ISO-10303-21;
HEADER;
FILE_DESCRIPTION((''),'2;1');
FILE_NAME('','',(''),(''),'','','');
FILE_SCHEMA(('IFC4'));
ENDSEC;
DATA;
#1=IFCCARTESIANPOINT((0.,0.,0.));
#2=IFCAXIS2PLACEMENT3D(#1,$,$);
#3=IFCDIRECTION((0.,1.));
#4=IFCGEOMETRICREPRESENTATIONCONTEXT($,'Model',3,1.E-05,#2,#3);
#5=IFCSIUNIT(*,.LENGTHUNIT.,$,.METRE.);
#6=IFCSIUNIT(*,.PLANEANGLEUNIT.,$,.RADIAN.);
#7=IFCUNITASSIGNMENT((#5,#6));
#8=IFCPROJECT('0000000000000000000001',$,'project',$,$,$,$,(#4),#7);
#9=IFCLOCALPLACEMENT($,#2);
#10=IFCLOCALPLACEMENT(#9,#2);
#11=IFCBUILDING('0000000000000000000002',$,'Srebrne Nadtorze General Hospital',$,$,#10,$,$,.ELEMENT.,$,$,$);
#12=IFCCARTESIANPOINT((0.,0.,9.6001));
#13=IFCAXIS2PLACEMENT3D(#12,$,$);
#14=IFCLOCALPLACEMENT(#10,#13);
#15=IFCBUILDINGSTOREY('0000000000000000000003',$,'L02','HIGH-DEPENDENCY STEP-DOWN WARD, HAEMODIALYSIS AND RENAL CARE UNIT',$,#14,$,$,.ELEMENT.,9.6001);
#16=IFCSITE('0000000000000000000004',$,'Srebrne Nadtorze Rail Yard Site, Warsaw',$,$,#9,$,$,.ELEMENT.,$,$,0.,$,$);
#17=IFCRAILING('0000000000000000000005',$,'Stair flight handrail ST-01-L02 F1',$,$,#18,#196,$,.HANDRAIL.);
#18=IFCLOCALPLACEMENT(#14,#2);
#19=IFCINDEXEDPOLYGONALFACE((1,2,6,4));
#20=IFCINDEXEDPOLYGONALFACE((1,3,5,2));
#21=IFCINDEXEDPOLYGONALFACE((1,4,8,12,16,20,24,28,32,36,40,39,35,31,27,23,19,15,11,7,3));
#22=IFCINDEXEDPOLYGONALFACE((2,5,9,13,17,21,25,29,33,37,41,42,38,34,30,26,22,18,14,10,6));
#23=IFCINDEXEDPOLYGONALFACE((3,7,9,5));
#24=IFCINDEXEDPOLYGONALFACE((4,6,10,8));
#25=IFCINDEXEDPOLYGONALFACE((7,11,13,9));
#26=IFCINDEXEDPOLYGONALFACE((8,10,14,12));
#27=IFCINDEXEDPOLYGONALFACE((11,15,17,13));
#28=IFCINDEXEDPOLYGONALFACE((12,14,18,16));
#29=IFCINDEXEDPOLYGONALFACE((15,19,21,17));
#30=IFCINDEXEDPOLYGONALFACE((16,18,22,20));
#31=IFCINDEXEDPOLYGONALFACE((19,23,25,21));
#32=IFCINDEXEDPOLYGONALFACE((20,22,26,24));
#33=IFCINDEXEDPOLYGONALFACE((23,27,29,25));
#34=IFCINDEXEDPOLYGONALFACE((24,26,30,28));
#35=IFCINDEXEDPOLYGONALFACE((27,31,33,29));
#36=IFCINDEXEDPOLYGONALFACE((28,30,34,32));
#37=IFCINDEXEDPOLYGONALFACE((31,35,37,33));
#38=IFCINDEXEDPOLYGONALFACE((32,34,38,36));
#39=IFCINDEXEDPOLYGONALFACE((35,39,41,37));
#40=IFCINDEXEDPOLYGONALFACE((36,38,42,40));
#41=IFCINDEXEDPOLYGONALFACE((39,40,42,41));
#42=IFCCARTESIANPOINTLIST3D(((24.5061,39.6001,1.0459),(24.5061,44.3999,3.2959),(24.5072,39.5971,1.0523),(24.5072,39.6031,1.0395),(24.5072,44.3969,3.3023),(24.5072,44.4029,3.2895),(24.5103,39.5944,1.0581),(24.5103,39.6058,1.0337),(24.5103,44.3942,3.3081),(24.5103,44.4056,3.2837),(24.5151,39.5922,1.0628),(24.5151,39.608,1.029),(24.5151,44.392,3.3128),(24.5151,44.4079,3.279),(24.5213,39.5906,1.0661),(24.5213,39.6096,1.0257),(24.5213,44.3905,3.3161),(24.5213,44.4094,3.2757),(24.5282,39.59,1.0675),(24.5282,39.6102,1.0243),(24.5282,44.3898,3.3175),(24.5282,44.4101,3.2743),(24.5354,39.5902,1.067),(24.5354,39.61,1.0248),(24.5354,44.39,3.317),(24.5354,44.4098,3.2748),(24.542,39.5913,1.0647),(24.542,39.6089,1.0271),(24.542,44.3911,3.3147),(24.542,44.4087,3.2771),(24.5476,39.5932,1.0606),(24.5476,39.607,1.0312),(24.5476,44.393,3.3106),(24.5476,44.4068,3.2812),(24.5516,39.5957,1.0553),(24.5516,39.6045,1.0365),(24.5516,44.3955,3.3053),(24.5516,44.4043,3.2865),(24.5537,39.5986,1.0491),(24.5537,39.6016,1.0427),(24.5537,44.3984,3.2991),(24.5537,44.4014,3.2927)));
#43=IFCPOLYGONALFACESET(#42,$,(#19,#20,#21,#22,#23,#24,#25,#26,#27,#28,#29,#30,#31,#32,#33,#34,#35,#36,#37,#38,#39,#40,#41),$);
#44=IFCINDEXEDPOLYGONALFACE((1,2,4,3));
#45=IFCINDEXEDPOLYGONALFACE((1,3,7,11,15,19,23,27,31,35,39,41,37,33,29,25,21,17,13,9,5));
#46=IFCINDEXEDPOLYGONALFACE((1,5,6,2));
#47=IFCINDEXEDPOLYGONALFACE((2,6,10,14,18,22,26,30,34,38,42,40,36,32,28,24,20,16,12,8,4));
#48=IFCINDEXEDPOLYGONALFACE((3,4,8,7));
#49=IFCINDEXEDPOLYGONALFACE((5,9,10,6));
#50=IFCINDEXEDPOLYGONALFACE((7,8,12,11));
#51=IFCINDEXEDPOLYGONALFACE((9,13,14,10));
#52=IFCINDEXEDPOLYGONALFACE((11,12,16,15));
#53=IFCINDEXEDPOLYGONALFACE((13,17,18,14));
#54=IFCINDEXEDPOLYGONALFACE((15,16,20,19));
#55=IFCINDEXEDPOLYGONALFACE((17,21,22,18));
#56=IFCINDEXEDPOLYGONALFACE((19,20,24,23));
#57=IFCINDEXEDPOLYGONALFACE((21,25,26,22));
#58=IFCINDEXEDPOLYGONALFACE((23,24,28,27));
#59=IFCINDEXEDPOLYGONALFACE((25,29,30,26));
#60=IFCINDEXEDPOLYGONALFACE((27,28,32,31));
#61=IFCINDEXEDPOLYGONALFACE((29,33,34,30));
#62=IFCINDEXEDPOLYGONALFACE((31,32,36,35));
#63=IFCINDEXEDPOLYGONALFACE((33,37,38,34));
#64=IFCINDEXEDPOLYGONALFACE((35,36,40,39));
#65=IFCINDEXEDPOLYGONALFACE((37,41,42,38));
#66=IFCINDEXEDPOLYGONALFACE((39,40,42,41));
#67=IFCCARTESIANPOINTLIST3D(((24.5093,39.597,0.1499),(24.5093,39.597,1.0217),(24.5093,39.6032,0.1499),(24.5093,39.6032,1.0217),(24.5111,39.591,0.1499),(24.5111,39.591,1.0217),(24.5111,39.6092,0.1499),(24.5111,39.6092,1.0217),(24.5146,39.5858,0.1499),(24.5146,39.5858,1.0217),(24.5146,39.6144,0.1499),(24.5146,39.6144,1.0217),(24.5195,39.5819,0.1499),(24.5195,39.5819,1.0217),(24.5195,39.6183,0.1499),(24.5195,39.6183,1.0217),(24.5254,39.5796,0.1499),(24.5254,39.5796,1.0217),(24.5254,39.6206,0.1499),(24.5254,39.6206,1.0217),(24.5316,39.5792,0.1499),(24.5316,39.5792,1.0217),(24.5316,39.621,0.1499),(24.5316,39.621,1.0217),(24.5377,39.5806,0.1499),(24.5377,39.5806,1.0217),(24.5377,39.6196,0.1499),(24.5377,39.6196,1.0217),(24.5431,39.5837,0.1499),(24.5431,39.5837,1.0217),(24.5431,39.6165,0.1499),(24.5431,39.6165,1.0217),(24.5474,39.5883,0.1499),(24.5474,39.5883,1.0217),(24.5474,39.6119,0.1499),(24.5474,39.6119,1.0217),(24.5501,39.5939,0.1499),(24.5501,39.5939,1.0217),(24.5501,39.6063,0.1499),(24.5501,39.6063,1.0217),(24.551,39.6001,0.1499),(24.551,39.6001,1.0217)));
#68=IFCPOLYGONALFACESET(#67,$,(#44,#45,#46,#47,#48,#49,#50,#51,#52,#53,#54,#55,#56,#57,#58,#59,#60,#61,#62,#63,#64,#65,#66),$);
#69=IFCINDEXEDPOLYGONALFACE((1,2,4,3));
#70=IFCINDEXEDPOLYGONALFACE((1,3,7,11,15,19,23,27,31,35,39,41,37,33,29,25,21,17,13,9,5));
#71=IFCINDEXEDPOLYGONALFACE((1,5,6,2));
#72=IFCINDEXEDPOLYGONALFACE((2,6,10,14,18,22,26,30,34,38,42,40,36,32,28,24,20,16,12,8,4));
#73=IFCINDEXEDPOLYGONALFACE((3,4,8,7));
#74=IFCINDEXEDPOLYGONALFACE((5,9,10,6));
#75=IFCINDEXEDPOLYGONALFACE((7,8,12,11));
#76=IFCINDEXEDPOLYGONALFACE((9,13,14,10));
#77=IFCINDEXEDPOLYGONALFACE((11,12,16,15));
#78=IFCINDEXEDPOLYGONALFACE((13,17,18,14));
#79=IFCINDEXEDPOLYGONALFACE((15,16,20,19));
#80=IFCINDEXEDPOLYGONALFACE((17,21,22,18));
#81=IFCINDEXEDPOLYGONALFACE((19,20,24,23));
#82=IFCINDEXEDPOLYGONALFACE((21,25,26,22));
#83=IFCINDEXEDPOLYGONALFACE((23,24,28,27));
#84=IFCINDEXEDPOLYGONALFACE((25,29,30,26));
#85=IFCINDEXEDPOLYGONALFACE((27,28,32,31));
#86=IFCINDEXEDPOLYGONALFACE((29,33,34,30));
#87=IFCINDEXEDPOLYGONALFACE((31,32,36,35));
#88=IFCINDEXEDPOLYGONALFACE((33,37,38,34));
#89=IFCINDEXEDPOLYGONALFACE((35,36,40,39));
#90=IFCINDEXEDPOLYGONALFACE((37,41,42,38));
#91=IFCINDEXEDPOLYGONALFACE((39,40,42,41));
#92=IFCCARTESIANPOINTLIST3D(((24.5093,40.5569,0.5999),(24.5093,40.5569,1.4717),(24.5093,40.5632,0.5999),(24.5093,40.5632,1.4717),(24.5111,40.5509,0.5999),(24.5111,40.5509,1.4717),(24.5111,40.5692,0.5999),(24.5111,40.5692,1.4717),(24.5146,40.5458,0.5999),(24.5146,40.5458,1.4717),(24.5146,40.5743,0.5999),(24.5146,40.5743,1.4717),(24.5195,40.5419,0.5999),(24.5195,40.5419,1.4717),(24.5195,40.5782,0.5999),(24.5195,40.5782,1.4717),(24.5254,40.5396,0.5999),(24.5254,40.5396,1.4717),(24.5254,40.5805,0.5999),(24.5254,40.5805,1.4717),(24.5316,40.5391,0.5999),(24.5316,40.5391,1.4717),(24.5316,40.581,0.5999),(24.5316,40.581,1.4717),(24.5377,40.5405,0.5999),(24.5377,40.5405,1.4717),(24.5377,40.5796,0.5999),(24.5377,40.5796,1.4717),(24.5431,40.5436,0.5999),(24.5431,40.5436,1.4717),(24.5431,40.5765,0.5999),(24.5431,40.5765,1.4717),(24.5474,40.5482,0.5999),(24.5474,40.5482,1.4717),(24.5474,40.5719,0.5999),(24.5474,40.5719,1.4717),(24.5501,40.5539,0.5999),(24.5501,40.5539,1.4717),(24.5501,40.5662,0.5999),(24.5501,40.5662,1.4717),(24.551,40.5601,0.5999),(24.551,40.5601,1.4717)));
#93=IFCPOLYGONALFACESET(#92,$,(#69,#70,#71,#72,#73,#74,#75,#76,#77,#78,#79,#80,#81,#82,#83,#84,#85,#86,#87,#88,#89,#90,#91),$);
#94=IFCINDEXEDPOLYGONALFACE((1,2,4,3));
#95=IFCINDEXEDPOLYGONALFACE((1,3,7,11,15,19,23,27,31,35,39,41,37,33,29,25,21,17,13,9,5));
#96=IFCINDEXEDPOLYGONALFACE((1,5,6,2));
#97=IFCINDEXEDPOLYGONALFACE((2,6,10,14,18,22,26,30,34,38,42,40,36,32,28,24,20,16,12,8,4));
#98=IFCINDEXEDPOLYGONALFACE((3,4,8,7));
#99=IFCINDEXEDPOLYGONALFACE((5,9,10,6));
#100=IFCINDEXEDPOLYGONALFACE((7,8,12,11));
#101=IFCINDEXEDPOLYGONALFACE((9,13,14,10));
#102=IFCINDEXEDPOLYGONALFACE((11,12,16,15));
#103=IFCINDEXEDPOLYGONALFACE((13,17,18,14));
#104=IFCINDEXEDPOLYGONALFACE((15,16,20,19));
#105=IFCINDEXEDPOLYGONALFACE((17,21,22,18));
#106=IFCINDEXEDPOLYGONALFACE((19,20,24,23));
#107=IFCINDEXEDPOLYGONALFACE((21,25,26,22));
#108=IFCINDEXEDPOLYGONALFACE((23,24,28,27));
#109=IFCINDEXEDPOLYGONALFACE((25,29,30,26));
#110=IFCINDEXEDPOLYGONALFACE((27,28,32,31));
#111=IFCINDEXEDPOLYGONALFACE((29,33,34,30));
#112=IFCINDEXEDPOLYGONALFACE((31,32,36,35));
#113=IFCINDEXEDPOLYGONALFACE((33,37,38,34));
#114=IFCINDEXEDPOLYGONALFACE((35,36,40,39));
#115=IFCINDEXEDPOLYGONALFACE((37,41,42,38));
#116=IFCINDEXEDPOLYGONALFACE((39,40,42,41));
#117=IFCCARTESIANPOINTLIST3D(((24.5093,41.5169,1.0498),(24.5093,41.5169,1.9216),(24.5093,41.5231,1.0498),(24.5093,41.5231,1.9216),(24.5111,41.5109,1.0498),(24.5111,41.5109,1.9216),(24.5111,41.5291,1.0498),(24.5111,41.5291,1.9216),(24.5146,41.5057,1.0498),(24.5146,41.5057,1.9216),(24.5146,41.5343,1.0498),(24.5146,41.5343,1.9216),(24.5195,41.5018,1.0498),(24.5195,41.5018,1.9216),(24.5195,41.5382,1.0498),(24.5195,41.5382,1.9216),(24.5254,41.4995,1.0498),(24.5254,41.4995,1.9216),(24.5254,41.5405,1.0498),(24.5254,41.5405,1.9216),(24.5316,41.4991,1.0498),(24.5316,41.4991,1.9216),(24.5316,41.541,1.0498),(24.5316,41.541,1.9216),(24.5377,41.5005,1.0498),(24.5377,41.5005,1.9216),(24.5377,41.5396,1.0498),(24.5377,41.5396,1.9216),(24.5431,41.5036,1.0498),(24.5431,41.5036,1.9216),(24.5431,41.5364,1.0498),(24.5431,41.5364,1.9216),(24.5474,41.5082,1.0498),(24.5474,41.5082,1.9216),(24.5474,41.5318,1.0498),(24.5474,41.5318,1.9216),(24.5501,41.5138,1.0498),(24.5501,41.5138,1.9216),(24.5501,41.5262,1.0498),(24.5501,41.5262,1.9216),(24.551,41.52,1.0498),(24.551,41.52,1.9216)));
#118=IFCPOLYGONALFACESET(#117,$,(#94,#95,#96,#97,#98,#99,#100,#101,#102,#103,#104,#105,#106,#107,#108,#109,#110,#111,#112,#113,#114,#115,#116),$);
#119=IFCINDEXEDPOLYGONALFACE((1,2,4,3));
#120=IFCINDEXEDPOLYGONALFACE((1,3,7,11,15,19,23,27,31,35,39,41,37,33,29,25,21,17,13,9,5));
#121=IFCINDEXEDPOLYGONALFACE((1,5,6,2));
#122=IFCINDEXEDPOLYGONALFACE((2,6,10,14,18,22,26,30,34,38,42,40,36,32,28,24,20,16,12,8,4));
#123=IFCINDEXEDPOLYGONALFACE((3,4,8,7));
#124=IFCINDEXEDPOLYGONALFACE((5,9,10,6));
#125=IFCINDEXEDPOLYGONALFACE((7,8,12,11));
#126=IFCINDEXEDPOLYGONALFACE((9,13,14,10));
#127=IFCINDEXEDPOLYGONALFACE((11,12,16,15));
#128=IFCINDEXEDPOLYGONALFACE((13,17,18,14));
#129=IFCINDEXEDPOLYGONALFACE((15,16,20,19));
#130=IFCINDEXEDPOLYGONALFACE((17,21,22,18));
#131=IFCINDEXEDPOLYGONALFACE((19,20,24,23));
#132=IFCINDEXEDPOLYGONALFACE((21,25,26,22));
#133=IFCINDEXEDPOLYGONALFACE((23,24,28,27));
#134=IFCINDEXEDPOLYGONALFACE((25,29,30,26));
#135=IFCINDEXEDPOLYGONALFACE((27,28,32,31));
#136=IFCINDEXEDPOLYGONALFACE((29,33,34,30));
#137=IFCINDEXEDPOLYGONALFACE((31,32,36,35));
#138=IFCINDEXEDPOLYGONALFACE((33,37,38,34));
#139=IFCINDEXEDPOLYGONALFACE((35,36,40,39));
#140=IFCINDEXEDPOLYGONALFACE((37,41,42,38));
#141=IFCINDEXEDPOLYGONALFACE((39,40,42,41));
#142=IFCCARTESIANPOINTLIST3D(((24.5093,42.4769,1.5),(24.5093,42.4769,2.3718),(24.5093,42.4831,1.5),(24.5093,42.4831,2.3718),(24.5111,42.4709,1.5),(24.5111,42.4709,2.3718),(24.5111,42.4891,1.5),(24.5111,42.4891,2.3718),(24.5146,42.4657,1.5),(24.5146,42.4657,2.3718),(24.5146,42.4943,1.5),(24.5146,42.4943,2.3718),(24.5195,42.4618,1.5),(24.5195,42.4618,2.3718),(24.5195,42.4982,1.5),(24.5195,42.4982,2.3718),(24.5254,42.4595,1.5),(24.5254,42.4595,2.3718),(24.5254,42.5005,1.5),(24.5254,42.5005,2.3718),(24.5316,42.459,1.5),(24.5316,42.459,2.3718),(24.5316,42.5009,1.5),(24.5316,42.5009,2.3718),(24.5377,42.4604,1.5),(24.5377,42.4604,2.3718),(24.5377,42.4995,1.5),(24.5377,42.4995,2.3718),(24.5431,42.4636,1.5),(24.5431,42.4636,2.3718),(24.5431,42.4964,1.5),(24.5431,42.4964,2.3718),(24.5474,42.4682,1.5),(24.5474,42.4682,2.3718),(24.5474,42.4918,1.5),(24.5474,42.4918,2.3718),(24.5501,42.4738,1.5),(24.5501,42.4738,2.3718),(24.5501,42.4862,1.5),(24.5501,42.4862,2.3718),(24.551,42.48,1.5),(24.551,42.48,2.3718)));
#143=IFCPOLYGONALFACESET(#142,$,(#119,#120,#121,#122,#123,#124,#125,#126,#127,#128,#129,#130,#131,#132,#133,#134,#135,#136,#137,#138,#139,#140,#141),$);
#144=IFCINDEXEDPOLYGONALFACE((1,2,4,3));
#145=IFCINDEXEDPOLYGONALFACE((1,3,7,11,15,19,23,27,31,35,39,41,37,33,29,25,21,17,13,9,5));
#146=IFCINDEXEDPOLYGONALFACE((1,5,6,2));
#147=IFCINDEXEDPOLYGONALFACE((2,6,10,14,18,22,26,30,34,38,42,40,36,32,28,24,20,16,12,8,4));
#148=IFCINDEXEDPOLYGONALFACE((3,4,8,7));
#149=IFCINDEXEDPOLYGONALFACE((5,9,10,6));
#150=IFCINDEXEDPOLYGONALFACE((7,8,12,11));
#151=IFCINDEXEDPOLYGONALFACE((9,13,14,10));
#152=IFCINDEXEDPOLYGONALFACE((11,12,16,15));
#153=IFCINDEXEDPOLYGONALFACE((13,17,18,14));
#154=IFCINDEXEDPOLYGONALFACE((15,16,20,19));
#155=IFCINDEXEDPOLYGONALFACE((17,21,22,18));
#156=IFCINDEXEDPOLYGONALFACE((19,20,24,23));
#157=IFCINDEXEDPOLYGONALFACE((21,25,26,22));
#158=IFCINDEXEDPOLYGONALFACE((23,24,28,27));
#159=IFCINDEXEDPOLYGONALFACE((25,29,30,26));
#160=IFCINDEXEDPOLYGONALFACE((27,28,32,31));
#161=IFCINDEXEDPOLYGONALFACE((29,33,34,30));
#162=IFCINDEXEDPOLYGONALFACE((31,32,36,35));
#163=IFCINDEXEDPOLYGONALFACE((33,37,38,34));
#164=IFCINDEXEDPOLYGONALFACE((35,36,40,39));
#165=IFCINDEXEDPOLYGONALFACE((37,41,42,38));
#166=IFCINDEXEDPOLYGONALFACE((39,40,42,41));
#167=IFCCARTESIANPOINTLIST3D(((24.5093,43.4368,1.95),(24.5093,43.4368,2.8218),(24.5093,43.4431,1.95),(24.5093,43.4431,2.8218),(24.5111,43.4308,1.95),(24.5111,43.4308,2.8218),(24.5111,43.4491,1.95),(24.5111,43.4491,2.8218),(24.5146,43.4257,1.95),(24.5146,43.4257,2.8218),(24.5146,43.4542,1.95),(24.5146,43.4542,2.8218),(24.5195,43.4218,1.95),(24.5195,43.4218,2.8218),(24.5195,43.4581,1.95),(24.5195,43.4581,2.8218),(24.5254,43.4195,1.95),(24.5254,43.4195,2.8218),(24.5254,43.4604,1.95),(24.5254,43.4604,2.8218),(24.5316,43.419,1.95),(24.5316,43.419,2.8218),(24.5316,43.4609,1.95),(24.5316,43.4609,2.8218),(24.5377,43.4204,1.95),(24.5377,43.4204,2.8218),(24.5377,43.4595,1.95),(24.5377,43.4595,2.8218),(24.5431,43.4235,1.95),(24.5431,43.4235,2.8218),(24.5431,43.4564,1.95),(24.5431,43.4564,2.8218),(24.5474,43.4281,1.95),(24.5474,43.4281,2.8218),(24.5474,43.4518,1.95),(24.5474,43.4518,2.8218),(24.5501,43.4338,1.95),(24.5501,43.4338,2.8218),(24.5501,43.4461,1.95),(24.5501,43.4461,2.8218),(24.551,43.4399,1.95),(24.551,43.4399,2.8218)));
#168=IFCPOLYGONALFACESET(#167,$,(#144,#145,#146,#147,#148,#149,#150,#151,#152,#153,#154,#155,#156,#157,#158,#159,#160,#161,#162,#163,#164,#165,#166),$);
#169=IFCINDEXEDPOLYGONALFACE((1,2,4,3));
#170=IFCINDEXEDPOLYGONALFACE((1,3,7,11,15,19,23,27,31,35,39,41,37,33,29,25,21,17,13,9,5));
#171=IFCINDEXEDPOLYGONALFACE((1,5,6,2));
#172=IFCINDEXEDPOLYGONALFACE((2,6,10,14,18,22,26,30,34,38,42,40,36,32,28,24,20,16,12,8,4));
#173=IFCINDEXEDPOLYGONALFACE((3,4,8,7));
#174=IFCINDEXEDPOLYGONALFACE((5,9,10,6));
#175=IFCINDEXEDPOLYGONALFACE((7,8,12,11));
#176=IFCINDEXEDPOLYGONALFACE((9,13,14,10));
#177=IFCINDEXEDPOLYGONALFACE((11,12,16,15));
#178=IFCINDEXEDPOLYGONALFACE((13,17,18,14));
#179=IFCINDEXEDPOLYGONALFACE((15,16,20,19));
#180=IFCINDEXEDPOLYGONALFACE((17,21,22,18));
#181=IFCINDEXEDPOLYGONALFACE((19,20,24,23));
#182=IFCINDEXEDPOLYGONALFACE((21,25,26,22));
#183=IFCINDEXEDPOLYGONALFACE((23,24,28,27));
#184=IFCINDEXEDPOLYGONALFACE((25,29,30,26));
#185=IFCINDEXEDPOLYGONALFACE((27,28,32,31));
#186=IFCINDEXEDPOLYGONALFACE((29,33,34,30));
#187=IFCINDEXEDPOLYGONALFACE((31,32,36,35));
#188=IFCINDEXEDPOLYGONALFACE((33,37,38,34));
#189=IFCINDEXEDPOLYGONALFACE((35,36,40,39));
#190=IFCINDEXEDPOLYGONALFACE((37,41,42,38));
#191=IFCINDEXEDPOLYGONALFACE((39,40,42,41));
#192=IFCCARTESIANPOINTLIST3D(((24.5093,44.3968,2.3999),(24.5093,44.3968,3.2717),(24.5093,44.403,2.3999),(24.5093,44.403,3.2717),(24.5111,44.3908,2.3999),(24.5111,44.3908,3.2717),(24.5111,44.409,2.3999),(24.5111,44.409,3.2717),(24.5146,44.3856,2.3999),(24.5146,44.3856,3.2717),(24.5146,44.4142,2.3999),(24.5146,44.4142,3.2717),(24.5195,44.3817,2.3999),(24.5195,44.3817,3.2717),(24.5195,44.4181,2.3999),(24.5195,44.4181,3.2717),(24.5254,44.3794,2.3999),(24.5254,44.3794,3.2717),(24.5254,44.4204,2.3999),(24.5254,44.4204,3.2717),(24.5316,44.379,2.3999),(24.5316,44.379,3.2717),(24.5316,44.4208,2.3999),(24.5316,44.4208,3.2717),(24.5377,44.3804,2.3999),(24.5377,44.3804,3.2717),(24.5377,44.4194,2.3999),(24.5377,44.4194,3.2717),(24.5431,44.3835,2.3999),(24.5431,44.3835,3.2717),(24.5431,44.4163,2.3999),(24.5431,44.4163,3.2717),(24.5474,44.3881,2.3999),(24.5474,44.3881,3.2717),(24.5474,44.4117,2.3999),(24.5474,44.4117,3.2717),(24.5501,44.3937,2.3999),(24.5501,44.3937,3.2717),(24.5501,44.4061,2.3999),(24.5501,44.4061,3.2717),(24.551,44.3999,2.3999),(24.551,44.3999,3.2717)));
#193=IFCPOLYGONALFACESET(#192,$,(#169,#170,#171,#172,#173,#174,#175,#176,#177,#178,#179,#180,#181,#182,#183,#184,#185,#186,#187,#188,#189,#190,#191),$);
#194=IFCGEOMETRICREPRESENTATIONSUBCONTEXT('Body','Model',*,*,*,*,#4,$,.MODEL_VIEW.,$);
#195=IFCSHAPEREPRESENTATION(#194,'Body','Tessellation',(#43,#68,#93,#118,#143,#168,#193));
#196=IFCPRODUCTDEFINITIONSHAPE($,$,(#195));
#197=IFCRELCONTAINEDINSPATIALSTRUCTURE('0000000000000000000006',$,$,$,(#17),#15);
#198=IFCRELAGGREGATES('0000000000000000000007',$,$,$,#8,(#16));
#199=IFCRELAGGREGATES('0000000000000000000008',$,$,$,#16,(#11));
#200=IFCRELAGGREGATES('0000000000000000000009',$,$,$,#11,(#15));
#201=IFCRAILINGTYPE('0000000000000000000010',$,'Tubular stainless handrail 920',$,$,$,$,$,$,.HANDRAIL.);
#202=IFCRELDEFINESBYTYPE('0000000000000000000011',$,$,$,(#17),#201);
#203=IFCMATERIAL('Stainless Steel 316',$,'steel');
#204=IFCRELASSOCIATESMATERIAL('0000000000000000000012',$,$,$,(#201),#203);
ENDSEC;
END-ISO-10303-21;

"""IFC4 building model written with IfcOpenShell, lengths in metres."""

from ifc_helpers import new_model, si_unit, direction, frame, origin, origin_2d, place, context, subcontext, project, spatial, circle, extrude, material, type_object, element, save


model = new_model("IFC4")

# Units and contexts
model_context = context("Model", 3, precision=1e-05, world=origin(), true_north=direction((0.0, 1.0)))
body_context = subcontext(model_context, "Body", "Model", "MODEL_VIEW")
ifc_project = project(units=[si_unit("LENGTHUNIT", "METRE"), si_unit("PLANEANGLEUNIT", "RADIAN")], contexts=[model_context])

# Site, building, storey
site_placement = place(None, origin())
site = spatial("IfcSite", under=ifc_project, at=site_placement, Name="Srebrne Nadtorze Rail Yard Site, Warsaw", CompositionType="ELEMENT", RefElevation=0.0)
building_placement = place(site_placement, origin())
building = spatial("IfcBuilding", under=site, at=building_placement, Name="Srebrne Nadtorze General Hospital", CompositionType="ELEMENT")
storey_placement = place(building_placement, frame((0.0, 0.0, 9.6001)))
storey = spatial("IfcBuildingStorey", under=building, at=storey_placement, Name="L02", Description="HIGH-DEPENDENCY STEP-DOWN WARD, HAEMODIALYSIS AND RENAL CARE UNIT", CompositionType="ELEMENT", Elevation=9.6001)

# Railing
ifc_material_1 = material(Name="Stainless Steel 316", Category="steel")
railing_type_1 = type_object("IfcRailingType", Name="Tubular stainless handrail 920", PredefinedType="HANDRAIL", material=ifc_material_1)
railing_1_placement = place(storey_placement, frame((24.53, 39.6001, 0.1499)))
element("IfcRailing", 1, at=railing_1_placement, inside=storey, type_object=railing_type_1, Name="Stair flight handrail ST-01-L02 F1", PredefinedType="HANDRAIL", context=body_context, shape_type="SweptSolid", body=[
    extrude(circle(Radius=0.0239, at=origin_2d()), frame((0.0, 0.0, 0.896), z_axis=(0.0, 0.905452, 0.424448), x_axis=(-1.0, 0.0, 0.0)), (0.0, 0.0, 1.0), 5.301),
    extrude(circle(Radius=0.021, at=origin_2d()), origin(), (0.0, 0.0, 1.0), 0.8718),
    extrude(circle(Radius=0.021, at=origin_2d()), frame((0.0, 0.96, 0.45)), (0.0, 0.0, 1.0), 0.8718),
    extrude(circle(Radius=0.021, at=origin_2d()), frame((0.0, 1.9199, 0.8999)), (0.0, 0.0, 1.0), 0.8718),
    extrude(circle(Radius=0.021, at=origin_2d()), frame((0.0, 2.8799, 1.3501)), (0.0, 0.0, 1.0), 0.8718),
    extrude(circle(Radius=0.021, at=origin_2d()), frame((0.0, 3.8398, 1.8)), (0.0, 0.0, 1.0), 0.8718),
    extrude(circle(Radius=0.021, at=origin_2d()), frame((0.0, 4.7998, 2.25)), (0.0, 0.0, 1.0), 0.8718),
])

save(model, "model.ifc")
